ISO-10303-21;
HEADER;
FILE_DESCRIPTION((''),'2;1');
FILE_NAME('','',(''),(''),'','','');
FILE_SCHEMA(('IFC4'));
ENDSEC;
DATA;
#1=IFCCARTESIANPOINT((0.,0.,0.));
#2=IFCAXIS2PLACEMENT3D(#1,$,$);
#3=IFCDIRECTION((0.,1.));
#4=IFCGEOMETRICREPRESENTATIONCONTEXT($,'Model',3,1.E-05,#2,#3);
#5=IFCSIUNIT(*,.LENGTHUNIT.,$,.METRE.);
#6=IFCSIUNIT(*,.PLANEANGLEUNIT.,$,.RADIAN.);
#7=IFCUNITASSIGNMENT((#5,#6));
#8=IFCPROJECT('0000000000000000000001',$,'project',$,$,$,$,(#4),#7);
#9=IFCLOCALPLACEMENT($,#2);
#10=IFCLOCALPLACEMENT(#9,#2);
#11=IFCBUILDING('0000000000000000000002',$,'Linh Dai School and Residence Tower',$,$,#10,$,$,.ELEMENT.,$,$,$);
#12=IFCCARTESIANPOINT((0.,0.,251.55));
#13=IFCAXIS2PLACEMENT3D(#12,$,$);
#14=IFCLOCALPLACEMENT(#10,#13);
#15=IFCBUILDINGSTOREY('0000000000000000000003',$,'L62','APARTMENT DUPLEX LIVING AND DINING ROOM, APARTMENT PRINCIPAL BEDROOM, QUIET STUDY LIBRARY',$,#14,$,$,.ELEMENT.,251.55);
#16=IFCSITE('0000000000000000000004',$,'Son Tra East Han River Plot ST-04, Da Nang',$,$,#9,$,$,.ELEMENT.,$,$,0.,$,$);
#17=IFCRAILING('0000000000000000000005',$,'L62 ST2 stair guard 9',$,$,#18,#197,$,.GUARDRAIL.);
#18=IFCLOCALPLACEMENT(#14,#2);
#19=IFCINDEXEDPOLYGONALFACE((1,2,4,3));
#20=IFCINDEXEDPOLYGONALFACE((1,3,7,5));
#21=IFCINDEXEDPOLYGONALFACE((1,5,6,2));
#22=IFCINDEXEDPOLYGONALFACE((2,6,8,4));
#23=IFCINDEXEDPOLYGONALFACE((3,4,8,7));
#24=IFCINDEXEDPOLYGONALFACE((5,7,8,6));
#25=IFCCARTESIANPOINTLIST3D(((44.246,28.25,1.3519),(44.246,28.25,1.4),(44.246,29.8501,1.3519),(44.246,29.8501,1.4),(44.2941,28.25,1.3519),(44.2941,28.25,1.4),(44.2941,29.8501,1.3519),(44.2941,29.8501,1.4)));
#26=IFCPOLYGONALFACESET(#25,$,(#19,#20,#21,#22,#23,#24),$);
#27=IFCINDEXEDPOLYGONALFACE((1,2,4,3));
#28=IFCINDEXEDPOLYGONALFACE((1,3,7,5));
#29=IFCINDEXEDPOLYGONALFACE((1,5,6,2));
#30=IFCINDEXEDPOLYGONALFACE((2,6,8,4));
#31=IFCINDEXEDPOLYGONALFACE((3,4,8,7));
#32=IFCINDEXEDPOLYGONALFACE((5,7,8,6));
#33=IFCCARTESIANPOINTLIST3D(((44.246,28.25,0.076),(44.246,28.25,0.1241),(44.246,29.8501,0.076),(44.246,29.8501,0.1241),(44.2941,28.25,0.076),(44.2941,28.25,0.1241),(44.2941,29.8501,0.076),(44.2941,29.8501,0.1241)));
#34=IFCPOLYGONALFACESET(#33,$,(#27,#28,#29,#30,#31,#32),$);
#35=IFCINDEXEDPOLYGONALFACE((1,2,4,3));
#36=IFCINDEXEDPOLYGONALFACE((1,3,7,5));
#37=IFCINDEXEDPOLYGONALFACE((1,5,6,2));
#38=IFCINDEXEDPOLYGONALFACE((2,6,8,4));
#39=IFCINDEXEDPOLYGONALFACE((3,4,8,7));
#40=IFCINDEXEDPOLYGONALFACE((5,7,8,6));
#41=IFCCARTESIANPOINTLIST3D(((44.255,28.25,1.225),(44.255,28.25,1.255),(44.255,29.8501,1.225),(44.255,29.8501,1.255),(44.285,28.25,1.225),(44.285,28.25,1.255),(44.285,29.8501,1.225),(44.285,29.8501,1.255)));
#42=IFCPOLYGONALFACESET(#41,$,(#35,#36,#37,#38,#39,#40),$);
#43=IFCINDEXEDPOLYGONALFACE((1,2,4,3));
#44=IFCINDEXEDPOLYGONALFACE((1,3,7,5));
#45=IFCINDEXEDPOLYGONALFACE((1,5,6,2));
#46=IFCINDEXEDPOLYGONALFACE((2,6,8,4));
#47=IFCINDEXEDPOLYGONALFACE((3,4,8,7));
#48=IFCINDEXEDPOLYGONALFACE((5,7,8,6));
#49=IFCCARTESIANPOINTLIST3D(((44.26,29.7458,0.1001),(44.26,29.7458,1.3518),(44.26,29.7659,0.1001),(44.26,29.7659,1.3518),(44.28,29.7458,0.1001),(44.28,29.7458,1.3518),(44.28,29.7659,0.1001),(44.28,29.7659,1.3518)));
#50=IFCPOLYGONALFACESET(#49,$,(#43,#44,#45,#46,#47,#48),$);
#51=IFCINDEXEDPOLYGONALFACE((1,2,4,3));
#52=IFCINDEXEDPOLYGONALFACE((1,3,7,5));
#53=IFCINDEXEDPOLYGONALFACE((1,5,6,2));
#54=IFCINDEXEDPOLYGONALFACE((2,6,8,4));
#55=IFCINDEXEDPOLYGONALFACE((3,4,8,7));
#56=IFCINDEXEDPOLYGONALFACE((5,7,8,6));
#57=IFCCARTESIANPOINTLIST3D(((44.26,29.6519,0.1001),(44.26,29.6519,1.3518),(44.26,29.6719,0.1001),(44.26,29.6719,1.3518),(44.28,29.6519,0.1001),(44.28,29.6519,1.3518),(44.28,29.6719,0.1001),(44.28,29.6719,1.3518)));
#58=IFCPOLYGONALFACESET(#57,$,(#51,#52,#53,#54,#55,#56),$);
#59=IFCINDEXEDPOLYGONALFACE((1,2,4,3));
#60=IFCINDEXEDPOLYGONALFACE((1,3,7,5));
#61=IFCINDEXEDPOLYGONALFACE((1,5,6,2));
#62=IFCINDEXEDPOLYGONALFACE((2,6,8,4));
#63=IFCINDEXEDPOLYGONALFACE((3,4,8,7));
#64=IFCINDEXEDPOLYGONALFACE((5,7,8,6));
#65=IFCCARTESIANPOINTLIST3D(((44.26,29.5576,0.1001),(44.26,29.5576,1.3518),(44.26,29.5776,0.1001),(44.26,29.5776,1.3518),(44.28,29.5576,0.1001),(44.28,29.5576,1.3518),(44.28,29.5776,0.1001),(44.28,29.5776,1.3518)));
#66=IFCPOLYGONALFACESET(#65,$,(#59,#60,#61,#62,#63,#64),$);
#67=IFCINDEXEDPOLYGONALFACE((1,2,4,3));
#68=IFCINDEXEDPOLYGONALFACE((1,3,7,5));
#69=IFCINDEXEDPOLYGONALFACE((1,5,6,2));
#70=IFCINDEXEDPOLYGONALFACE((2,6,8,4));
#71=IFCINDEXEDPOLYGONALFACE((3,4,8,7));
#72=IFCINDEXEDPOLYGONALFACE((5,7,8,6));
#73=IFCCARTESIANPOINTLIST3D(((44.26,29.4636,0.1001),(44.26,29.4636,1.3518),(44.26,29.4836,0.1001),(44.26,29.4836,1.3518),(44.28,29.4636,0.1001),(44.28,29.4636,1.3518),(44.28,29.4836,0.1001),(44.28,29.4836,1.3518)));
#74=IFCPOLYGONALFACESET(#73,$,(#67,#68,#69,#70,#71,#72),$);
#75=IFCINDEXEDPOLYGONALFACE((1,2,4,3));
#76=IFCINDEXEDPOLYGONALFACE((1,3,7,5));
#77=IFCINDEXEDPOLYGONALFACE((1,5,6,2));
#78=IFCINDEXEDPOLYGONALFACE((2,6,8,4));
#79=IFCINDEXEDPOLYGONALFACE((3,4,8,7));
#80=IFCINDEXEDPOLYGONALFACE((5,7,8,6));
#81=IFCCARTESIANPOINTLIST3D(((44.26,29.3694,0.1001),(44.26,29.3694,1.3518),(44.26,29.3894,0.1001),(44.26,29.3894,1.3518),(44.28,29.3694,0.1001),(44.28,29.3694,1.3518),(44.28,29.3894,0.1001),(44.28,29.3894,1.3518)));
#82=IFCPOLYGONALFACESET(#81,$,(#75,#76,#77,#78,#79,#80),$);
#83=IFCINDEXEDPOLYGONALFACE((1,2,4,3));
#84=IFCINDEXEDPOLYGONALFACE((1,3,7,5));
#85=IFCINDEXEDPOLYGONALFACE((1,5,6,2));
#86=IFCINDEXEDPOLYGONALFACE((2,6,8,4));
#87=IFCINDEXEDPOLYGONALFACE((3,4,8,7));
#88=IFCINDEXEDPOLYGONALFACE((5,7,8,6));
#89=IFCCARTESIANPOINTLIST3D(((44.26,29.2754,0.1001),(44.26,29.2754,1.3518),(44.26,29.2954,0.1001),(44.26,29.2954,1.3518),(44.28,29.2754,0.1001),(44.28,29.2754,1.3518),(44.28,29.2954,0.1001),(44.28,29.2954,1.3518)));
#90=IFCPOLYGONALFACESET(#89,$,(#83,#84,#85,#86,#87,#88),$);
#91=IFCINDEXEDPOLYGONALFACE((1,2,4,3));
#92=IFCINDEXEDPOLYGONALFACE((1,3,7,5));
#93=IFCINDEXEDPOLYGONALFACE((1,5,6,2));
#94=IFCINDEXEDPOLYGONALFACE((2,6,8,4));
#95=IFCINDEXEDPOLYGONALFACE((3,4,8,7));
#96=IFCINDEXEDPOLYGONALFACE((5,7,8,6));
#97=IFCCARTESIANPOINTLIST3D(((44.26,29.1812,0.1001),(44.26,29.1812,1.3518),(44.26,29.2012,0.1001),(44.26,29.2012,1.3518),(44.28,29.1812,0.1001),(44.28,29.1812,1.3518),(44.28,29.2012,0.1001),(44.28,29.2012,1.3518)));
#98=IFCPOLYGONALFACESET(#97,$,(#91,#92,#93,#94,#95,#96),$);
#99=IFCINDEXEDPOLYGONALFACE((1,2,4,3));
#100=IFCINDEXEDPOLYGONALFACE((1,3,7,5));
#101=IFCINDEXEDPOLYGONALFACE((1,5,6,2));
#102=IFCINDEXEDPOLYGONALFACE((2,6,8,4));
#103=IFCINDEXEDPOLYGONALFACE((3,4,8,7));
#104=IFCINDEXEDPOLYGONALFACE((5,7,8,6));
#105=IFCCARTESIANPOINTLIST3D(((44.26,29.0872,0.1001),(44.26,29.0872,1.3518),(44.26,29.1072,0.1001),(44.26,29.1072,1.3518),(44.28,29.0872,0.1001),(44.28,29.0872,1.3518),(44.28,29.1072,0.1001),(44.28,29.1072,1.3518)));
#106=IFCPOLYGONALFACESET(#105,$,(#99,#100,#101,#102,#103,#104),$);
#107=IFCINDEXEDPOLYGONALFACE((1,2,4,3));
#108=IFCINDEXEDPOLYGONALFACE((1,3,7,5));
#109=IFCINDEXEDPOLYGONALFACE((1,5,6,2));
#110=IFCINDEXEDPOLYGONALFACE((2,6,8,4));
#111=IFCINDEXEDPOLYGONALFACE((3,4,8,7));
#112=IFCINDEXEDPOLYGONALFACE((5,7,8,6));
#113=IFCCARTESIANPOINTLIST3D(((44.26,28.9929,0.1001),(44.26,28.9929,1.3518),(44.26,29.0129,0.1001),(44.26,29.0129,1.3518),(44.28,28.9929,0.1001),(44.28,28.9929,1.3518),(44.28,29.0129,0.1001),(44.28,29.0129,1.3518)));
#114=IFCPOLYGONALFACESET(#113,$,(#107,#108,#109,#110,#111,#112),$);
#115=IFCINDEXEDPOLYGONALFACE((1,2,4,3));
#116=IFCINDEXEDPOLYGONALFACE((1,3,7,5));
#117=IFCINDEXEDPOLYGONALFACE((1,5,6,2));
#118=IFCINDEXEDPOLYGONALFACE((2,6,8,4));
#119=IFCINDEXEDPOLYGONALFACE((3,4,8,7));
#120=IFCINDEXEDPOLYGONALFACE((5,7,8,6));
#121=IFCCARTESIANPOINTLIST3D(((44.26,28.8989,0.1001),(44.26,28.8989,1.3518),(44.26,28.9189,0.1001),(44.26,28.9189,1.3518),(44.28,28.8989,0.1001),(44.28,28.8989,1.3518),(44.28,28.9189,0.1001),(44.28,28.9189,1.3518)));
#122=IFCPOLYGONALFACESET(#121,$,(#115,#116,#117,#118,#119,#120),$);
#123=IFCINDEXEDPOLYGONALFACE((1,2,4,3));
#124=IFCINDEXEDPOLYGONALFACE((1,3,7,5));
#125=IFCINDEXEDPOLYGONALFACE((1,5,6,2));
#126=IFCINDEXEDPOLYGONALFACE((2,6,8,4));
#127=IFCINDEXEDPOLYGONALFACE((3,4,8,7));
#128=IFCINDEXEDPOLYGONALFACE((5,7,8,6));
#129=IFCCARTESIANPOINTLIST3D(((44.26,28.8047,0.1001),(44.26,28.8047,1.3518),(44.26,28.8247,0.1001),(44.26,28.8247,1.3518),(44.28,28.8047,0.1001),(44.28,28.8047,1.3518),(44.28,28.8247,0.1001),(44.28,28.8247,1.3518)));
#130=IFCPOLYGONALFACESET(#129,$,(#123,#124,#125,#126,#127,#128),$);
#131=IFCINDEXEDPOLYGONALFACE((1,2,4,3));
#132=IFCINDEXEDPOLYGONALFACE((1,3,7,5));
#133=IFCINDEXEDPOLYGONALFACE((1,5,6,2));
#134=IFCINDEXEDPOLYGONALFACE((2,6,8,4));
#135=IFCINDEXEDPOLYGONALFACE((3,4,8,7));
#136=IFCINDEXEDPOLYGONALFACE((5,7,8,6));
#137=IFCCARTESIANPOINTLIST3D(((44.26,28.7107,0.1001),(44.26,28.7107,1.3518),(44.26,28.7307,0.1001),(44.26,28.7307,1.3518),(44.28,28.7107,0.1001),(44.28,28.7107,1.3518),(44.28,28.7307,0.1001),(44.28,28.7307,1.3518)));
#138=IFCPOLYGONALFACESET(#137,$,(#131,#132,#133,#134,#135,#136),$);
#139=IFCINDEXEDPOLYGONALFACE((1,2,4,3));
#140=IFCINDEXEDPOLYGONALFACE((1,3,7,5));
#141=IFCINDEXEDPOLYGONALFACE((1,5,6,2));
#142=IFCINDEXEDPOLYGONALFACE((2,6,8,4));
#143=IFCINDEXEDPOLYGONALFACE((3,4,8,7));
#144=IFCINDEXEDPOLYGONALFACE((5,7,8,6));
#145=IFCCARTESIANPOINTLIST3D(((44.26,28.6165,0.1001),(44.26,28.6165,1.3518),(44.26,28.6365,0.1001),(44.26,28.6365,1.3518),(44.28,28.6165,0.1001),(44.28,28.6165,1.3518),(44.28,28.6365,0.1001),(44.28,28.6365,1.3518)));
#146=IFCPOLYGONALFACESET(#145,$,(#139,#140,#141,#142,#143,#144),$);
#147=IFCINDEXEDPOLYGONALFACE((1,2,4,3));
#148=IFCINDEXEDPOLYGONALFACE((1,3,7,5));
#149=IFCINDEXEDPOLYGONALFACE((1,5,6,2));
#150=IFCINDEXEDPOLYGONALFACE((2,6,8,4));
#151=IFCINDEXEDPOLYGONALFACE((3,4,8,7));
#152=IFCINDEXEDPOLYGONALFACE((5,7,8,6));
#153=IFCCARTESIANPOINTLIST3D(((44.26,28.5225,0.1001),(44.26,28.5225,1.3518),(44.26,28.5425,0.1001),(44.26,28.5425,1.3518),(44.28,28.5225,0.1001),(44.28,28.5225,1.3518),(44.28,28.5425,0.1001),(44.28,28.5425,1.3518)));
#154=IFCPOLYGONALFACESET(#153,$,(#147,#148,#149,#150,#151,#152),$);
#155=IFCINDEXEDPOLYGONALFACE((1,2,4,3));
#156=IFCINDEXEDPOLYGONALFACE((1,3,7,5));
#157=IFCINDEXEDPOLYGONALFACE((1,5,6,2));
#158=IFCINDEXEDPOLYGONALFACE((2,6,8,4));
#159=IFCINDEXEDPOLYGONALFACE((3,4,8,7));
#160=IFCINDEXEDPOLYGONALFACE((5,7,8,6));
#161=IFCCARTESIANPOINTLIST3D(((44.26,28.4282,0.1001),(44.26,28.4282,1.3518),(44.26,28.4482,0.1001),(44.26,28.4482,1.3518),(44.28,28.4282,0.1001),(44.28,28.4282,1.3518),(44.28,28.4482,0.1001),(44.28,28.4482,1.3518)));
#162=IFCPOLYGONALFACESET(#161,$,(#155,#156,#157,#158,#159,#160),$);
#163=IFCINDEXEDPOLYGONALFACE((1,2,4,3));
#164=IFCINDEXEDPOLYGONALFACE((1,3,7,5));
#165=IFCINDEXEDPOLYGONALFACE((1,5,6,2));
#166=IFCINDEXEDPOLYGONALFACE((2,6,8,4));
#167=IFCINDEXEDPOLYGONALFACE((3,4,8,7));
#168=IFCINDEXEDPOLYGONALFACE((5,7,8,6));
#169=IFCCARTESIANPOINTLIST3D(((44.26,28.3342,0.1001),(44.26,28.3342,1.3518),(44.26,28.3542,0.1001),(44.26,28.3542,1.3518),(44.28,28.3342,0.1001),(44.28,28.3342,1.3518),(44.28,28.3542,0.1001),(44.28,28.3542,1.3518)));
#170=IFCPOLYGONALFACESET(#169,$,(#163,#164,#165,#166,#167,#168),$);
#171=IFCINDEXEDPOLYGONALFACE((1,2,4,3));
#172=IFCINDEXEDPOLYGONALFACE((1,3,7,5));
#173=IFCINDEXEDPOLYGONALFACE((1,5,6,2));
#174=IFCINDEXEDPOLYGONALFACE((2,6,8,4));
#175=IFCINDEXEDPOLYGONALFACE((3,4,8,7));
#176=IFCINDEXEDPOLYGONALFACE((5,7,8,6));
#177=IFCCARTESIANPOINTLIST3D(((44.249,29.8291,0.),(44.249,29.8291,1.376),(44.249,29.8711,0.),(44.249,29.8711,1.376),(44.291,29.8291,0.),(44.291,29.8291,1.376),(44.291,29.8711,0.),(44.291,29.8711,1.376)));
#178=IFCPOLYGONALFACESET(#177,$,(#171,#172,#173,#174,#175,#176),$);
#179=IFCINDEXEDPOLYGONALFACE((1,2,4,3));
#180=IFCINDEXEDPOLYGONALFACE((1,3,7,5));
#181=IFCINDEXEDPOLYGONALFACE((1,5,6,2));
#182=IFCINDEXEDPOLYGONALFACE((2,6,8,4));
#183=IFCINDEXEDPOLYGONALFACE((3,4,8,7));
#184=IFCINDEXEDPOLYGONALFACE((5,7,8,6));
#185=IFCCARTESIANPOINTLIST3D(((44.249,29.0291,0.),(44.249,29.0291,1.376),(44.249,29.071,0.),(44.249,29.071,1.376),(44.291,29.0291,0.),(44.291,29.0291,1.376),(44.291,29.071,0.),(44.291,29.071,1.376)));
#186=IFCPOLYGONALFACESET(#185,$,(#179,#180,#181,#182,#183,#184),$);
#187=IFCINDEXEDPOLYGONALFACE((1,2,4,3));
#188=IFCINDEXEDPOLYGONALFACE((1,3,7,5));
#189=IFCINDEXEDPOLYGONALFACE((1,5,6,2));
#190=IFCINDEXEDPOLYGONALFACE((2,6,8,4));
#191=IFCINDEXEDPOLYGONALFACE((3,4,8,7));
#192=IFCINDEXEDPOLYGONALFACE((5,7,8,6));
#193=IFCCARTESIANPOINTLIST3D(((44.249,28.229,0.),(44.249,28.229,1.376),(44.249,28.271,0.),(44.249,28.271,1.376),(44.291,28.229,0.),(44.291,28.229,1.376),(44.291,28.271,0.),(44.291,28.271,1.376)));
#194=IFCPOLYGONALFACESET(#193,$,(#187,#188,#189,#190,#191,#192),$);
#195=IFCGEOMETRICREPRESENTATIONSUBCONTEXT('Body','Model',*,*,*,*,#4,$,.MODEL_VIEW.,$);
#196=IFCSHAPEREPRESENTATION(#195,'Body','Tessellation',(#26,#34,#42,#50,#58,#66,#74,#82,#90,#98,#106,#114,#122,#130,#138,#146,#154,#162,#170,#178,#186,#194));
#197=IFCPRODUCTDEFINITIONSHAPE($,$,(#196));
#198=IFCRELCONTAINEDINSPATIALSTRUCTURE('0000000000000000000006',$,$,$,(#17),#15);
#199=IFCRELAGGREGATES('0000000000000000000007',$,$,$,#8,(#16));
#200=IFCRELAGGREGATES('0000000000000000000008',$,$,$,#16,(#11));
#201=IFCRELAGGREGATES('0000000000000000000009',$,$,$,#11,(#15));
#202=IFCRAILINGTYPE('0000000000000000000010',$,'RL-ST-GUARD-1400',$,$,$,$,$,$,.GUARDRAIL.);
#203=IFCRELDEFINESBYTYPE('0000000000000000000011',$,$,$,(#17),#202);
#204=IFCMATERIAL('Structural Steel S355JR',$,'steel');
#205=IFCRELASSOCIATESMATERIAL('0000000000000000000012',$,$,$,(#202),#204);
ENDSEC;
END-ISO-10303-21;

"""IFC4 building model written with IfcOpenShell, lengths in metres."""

from ifc_helpers import new_model, si_unit, direction, frame, origin, origin_2d, place, context, subcontext, project, spatial, rectangle, extrude, source, transform, mapped, material, type_object, element, save


model = new_model("IFC4")

# Units and contexts
model_context = context("Model", 3, precision=1e-05, world=origin(), true_north=direction((0.0, 1.0)))
body_context = subcontext(model_context, "Body", "Model", "MODEL_VIEW")
ifc_project = project(units=[si_unit("LENGTHUNIT", "METRE"), si_unit("PLANEANGLEUNIT", "RADIAN")], contexts=[model_context])

# Site, building, storey
site_placement = place(None, origin())
site = spatial("IfcSite", under=ifc_project, at=site_placement, Name="Son Tra East Han River Plot ST-04, Da Nang", CompositionType="ELEMENT", RefElevation=0.0)
building_placement = place(site_placement, origin())
building = spatial("IfcBuilding", under=site, at=building_placement, Name="Linh Dai School and Residence Tower", CompositionType="ELEMENT")
storey_placement = place(building_placement, frame((0.0, 0.0, 251.55)))
storey = spatial("IfcBuildingStorey", under=building, at=storey_placement, Name="L62", Description="APARTMENT DUPLEX LIVING AND DINING ROOM, APARTMENT PRINCIPAL BEDROOM, QUIET STUDY LIBRARY", CompositionType="ELEMENT", Elevation=251.55)

# Shared definitions
ifc_material_1 = material(Name="Structural Steel S355JR", Category="steel")

# Railing
railing_type_1 = type_object("IfcRailingType", Name="RL-ST-GUARD-1400", PredefinedType="GUARDRAIL", material=ifc_material_1)
shared_shape_1 = source(origin(), body_context, "Body", "SweptSolid", [
    extrude(rectangle(XDim=0.0481, YDim=0.0481, at=origin_2d()), frame((0.0, 0.0, 1.376), z_axis=(0.0, -1.0, 0.0), x_axis=(1.0, 0.0, 0.0)), (0.0, 0.0, 1.0), 1.6001),
    extrude(rectangle(XDim=0.0481, YDim=0.0481, at=origin_2d()), frame((0.0, 0.0, 0.1001), z_axis=(0.0, -1.0, 0.0), x_axis=(1.0, 0.0, 0.0)), (0.0, 0.0, 1.0), 1.6001),
    extrude(rectangle(XDim=0.03, YDim=0.03, at=origin_2d()), frame((0.0, 0.0, 1.24), z_axis=(0.0, -1.0, 0.0), x_axis=(1.0, 0.0, 0.0)), (0.0, 0.0, 1.0), 1.6001),
    extrude(rectangle(XDim=0.02, YDim=0.02, at=origin_2d()), frame((0.0, -0.0942, 0.1001)), (0.0, 0.0, 1.0), 1.2517),
    extrude(rectangle(XDim=0.02, YDim=0.02, at=origin_2d()), frame((0.0, -0.1882, 0.1001)), (0.0, 0.0, 1.0), 1.2517),
    extrude(rectangle(XDim=0.02, YDim=0.02, at=origin_2d()), frame((0.0, -0.2825, 0.1001)), (0.0, 0.0, 1.0), 1.2517),
    extrude(rectangle(XDim=0.02, YDim=0.02, at=origin_2d()), frame((0.0, -0.3765, 0.1001)), (0.0, 0.0, 1.0), 1.2517),
    extrude(rectangle(XDim=0.02, YDim=0.02, at=origin_2d()), frame((0.0, -0.4707, 0.1001)), (0.0, 0.0, 1.0), 1.2517),
    extrude(rectangle(XDim=0.02, YDim=0.02, at=origin_2d()), frame((0.0, -0.5647, 0.1001)), (0.0, 0.0, 1.0), 1.2517),
    extrude(rectangle(XDim=0.02, YDim=0.02, at=origin_2d()), frame((0.0, -0.6589, 0.1001)), (0.0, 0.0, 1.0), 1.2517),
    extrude(rectangle(XDim=0.02, YDim=0.02, at=origin_2d()), frame((0.0, -0.7529, 0.1001)), (0.0, 0.0, 1.0), 1.2517),
    extrude(rectangle(XDim=0.02, YDim=0.02, at=origin_2d()), frame((0.0, -0.8472, 0.1001)), (0.0, 0.0, 1.0), 1.2517),
    extrude(rectangle(XDim=0.02, YDim=0.02, at=origin_2d()), frame((0.0, -0.9412, 0.1001)), (0.0, 0.0, 1.0), 1.2517),
    extrude(rectangle(XDim=0.02, YDim=0.02, at=origin_2d()), frame((0.0, -1.0354, 0.1001)), (0.0, 0.0, 1.0), 1.2517),
    extrude(rectangle(XDim=0.02, YDim=0.02, at=origin_2d()), frame((0.0, -1.1294, 0.1001)), (0.0, 0.0, 1.0), 1.2517),
    extrude(rectangle(XDim=0.02, YDim=0.02, at=origin_2d()), frame((0.0, -1.2236, 0.1001)), (0.0, 0.0, 1.0), 1.2517),
    extrude(rectangle(XDim=0.02, YDim=0.02, at=origin_2d()), frame((0.0, -1.3176, 0.1001)), (0.0, 0.0, 1.0), 1.2517),
    extrude(rectangle(XDim=0.02, YDim=0.02, at=origin_2d()), frame((0.0, -1.4119, 0.1001)), (0.0, 0.0, 1.0), 1.2517),
    extrude(rectangle(XDim=0.02, YDim=0.02, at=origin_2d()), frame((0.0, -1.5059, 0.1001)), (0.0, 0.0, 1.0), 1.2517),
    extrude(rectangle(XDim=0.042, YDim=0.042, at=origin_2d()), origin(), (0.0, 0.0, 1.0), 1.376),
    extrude(rectangle(XDim=0.042, YDim=0.042, at=origin_2d()), frame((0.0, -0.8, 0.0)), (0.0, 0.0, 1.0), 1.376),
    extrude(rectangle(XDim=0.042, YDim=0.042, at=origin_2d()), frame((0.0, -1.6001, 0.0)), (0.0, 0.0, 1.0), 1.376),
])
for number, where, name in (
    (1, (44.27, 29.8501, 0.0), "L62 ST2 stair guard 9"),
):
    element("IfcRailing", number, at=place(storey_placement, frame(where)), inside=storey, type_object=railing_type_1, Name=name, PredefinedType="GUARDRAIL", context=body_context, shape_type="MappedRepresentation", body=[
        mapped(shared_shape_1, transform((0.0, 0.0, 0.0), x_axis=(1.0, 0.0, 0.0), y_axis=(0.0, 1.0, 0.0), z_axis=(0.0, 0.0, 1.0), scale=1.0)),
    ])

save(model, "model.ifc")
